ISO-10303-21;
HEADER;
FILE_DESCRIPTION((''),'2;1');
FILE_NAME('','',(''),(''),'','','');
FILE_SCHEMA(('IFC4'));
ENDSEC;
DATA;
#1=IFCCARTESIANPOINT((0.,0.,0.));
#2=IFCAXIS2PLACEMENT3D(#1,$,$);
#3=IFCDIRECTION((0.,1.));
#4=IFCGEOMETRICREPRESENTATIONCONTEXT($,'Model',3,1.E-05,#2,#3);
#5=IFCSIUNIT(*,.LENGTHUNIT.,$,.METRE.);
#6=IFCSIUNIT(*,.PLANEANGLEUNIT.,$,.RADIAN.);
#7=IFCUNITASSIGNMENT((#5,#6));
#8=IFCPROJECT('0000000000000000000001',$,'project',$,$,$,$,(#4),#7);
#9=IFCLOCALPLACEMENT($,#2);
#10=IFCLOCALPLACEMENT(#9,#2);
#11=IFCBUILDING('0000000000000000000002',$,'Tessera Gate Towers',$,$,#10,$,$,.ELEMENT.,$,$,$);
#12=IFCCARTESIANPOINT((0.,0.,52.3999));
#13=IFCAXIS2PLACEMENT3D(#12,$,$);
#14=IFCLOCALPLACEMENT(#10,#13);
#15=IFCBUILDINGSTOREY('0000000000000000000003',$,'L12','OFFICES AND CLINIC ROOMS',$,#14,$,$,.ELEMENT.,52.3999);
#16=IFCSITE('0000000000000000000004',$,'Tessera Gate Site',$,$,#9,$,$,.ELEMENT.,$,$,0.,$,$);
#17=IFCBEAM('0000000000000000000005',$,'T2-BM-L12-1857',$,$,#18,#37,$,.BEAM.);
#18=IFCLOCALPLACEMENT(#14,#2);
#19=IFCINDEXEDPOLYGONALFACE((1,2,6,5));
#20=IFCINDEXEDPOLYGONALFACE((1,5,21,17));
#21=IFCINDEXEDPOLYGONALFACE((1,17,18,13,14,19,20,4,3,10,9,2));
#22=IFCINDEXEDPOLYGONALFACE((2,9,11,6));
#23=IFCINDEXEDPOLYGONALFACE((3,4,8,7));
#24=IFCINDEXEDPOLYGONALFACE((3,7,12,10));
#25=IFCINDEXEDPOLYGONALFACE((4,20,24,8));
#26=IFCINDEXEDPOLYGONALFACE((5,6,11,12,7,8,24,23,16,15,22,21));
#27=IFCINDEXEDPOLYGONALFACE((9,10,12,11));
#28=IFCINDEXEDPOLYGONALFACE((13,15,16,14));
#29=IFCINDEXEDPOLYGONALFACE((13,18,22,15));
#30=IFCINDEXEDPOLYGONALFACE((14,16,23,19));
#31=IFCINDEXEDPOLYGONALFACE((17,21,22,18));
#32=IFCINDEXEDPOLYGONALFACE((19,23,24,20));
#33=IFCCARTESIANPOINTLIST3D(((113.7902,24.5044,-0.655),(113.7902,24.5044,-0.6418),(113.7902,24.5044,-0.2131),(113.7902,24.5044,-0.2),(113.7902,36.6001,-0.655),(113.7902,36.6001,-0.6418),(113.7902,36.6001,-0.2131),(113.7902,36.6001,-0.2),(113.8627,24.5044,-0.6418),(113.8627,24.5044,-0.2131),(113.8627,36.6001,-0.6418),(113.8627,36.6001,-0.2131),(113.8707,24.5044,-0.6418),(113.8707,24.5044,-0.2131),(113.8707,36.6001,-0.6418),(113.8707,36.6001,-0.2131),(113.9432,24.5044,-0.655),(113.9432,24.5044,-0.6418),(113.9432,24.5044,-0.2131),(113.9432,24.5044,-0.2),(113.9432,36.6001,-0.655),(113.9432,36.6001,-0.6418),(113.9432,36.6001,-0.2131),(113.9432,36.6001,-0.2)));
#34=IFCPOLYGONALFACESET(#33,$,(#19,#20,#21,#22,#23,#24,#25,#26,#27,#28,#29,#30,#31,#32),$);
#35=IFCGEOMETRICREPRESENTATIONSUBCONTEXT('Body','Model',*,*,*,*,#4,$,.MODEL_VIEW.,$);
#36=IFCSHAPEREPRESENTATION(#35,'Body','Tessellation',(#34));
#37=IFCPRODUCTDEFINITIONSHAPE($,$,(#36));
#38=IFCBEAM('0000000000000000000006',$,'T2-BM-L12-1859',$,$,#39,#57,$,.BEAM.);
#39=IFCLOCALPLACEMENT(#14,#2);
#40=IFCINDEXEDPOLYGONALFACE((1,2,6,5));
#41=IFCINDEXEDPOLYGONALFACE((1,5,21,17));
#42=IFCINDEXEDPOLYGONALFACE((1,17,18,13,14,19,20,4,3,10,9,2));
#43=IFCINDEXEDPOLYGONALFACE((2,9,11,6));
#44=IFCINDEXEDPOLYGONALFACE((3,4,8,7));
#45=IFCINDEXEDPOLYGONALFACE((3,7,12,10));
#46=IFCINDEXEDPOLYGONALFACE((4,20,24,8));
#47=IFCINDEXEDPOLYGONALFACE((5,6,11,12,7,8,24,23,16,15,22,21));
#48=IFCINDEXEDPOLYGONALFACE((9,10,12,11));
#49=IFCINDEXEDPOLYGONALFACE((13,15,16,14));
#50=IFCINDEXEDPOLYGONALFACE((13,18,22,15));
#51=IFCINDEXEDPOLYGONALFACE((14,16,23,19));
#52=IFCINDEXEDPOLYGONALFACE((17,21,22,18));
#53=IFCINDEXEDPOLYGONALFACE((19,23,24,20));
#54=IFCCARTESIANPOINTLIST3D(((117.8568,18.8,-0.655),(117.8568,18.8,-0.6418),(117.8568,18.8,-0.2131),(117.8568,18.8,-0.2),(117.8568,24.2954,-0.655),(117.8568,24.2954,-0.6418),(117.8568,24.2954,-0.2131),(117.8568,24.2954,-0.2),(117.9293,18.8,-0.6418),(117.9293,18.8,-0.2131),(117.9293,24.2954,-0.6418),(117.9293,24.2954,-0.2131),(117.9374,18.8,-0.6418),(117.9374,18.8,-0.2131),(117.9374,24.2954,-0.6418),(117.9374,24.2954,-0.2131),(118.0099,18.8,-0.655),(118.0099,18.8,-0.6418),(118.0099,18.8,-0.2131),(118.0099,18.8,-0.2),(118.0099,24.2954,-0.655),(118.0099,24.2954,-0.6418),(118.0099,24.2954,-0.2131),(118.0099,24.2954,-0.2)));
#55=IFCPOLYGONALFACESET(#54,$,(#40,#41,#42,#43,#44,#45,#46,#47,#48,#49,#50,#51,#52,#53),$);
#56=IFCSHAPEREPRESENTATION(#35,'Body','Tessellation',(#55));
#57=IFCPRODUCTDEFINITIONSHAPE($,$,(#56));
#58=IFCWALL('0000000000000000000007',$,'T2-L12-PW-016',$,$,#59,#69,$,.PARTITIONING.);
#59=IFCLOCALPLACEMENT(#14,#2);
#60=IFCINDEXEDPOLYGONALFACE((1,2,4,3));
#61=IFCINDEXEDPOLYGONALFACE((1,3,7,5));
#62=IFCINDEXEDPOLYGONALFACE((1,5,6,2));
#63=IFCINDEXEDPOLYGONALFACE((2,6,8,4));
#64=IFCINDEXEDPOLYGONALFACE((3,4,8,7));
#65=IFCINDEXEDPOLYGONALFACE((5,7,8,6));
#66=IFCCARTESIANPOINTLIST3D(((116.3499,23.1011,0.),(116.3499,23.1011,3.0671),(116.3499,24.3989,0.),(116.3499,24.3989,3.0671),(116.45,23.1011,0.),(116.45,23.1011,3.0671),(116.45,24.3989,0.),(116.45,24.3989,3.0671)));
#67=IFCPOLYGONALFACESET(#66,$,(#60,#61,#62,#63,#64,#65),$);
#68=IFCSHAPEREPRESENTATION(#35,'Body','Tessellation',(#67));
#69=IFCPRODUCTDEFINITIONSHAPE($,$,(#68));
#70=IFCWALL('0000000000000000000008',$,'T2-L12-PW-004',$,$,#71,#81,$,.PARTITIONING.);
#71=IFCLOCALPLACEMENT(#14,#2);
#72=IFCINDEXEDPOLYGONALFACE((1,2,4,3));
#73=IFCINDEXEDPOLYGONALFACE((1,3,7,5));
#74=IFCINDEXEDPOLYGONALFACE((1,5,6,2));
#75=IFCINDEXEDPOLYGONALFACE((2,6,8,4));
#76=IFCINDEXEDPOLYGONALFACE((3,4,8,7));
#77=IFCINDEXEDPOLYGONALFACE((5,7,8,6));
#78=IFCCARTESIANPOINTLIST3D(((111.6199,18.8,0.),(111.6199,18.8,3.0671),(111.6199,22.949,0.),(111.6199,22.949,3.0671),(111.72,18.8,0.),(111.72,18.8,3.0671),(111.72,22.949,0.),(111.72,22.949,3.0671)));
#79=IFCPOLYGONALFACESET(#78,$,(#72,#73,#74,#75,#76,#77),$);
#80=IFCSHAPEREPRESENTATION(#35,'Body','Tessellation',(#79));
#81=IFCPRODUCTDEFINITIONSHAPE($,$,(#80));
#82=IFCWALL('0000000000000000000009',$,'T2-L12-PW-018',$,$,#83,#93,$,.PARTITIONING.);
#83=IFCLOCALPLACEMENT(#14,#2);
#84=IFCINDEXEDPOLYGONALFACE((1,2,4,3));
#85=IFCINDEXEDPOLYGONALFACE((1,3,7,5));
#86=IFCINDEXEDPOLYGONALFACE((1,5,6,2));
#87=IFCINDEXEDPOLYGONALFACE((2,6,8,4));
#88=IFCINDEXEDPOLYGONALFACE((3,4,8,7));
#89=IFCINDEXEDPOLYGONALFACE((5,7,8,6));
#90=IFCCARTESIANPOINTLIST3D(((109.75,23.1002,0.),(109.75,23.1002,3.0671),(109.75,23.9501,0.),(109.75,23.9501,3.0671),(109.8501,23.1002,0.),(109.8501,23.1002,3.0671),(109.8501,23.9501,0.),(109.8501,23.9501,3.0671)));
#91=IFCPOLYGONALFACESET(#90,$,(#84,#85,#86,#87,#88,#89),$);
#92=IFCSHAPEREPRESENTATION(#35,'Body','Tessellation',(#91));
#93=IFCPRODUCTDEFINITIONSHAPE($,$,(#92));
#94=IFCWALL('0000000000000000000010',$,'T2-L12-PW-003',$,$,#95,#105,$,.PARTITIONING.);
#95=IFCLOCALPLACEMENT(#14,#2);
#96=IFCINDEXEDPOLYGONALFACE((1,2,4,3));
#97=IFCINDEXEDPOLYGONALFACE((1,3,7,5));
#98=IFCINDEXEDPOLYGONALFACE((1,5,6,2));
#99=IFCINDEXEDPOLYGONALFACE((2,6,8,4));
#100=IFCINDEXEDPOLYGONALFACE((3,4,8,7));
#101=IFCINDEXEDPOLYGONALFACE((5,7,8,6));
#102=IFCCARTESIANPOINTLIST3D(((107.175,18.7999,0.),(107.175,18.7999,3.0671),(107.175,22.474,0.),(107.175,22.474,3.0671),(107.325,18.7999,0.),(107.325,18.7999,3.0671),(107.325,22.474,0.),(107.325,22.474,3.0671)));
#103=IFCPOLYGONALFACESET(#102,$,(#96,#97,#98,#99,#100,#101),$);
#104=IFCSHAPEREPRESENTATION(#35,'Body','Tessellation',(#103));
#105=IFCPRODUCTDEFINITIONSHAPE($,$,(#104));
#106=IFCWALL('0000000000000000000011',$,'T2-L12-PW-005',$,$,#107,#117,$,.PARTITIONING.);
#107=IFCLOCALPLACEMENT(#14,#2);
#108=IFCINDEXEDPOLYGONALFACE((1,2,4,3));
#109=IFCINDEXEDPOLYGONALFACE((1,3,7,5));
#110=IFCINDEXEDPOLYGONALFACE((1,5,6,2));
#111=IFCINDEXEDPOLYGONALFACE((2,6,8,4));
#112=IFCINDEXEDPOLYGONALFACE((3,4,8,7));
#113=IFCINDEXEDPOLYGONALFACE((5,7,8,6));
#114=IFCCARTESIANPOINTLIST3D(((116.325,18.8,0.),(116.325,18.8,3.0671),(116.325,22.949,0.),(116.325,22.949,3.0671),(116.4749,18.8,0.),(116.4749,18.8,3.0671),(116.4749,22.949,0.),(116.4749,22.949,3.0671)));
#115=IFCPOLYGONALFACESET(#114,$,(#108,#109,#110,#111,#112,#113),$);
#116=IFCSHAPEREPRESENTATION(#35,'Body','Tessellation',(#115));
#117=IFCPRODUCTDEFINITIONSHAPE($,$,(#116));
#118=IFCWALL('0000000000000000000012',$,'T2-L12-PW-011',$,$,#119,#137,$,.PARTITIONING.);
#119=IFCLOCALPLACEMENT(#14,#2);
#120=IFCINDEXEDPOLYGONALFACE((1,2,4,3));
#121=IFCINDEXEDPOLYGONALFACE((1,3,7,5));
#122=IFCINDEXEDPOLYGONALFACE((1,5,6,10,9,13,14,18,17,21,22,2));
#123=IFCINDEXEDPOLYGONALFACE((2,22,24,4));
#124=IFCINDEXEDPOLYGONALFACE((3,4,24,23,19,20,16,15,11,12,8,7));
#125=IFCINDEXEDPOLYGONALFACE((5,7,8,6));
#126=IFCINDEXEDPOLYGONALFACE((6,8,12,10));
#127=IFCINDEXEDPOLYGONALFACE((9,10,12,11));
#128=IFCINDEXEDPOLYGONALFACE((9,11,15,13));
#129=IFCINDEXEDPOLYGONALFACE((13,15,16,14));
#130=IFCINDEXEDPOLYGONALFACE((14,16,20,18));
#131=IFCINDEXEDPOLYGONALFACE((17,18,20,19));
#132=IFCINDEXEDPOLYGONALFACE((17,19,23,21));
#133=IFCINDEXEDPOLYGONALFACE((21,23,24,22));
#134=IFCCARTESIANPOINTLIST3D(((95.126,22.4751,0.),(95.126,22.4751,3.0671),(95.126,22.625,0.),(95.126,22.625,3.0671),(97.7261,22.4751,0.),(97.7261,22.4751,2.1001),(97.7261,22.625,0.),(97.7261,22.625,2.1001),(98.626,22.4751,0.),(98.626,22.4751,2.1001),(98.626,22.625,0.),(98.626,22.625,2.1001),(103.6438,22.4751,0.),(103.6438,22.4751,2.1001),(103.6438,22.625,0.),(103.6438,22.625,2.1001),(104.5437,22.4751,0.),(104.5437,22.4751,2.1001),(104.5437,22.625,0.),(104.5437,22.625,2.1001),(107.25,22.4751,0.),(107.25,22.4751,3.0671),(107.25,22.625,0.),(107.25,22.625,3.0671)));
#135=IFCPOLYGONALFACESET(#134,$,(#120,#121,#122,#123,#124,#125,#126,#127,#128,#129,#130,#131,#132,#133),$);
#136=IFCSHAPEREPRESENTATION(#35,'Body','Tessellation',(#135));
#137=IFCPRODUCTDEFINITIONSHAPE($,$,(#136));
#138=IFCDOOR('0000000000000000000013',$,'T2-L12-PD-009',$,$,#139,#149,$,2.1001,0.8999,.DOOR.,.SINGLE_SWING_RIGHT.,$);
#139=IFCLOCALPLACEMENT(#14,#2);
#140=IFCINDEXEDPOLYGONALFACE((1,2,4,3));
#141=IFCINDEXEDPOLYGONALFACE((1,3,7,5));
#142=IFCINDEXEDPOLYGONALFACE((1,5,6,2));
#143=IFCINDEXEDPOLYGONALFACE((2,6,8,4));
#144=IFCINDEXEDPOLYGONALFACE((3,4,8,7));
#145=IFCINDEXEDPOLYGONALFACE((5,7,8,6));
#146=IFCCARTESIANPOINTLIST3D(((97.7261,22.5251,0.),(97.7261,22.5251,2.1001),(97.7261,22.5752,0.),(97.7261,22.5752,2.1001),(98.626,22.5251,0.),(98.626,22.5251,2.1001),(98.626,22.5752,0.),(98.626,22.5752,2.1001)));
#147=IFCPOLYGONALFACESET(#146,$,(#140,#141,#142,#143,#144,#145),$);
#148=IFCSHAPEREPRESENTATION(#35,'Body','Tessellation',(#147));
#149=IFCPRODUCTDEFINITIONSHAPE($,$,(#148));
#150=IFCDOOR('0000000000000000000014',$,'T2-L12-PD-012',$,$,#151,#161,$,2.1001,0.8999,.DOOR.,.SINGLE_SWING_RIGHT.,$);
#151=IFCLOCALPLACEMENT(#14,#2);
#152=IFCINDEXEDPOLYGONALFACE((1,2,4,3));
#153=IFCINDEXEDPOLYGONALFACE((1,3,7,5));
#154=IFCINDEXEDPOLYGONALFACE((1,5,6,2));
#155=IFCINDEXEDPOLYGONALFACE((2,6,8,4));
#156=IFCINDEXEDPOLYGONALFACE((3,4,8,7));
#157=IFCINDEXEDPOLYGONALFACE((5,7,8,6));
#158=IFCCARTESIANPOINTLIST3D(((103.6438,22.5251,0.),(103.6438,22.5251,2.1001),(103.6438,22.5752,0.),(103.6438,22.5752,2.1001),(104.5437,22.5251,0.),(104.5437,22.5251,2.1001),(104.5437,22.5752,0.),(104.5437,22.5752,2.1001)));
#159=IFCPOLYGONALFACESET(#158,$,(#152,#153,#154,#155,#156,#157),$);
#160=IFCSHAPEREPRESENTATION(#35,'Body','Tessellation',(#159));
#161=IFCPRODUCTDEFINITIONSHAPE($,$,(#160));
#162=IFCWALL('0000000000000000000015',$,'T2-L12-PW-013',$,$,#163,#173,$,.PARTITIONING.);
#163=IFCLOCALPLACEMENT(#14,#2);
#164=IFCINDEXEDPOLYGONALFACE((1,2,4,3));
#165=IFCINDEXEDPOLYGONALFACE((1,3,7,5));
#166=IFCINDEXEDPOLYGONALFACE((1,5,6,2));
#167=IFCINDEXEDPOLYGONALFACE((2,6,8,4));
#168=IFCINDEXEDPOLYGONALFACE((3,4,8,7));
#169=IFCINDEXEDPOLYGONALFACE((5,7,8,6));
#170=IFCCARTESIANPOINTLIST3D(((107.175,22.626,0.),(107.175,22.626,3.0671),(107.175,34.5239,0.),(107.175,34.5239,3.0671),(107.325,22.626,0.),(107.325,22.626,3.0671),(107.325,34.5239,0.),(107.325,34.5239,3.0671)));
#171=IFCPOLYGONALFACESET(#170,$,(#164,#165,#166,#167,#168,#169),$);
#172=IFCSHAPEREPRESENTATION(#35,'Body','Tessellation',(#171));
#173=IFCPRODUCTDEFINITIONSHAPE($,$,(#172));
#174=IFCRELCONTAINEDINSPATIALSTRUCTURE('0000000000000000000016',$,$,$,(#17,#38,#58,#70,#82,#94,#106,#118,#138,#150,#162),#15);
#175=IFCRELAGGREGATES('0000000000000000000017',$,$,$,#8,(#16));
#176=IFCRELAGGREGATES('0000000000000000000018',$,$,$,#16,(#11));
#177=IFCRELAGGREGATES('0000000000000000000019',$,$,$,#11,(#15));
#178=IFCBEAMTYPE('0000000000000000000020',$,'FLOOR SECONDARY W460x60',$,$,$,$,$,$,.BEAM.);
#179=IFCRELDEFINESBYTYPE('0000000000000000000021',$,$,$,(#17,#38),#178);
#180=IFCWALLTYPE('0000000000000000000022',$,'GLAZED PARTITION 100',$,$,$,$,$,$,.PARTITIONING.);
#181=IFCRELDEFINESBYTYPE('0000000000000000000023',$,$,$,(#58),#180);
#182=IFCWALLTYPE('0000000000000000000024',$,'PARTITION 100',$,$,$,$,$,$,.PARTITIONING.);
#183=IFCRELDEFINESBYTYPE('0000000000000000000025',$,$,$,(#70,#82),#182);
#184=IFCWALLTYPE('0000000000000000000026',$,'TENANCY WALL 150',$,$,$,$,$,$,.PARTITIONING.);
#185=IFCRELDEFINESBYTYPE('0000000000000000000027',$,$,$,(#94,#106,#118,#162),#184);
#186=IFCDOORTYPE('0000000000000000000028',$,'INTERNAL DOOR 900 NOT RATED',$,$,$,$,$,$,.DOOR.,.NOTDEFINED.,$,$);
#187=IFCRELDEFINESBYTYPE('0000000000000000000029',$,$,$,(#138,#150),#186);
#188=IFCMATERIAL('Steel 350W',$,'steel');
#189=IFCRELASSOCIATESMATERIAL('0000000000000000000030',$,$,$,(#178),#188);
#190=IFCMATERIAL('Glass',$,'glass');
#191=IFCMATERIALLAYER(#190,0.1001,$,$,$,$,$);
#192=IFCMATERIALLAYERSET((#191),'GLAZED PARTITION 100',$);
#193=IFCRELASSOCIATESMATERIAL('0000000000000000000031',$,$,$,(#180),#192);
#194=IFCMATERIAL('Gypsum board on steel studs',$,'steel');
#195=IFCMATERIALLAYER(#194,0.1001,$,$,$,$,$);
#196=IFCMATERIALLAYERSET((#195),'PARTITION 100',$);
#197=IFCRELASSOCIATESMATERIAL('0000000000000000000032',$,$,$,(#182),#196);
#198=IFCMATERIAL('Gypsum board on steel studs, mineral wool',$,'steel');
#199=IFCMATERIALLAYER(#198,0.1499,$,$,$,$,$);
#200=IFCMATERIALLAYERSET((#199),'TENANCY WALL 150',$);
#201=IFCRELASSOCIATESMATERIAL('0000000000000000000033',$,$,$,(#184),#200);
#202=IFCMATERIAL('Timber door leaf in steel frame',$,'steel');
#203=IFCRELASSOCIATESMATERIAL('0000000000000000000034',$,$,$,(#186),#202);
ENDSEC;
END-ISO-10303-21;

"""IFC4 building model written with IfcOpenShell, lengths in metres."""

from ifc_helpers import new_model, si_unit, direction, frame, frame_2d, origin, origin_2d, place, context, subcontext, project, spatial, rectangle, i_section, extrude, source, transform, mapped, material, layer, layer_set, material_profile, profile_set, type_object, element, fill, save


model = new_model("IFC4")

# Units and contexts
model_context = context("Model", 3, precision=1e-05, world=origin(), true_north=direction((0.0, 1.0)))
body_context = subcontext(model_context, "Body", "Model", "MODEL_VIEW")
ifc_project = project(units=[si_unit("LENGTHUNIT", "METRE"), si_unit("PLANEANGLEUNIT", "RADIAN")], contexts=[model_context])

# Site, building, storey
site_placement = place(None, origin())
site = spatial("IfcSite", under=ifc_project, at=site_placement, Name="Tessera Gate Site", CompositionType="ELEMENT", RefElevation=0.0)
building_placement = place(site_placement, origin())
building = spatial("IfcBuilding", under=site, at=building_placement, Name="Tessera Gate Towers", CompositionType="ELEMENT")
storey_placement = place(building_placement, frame((0.0, 0.0, 52.3999)))
storey = spatial("IfcBuildingStorey", under=building, at=storey_placement, Name="L12", Description="OFFICES AND CLINIC ROOMS", CompositionType="ELEMENT", Elevation=52.3999)

# Beams
ifc_material_1 = material(Name="Steel 350W", Category="steel")
ifc_material_profile_1 = material_profile(ifc_material_1, i_section(OverallWidth=0.1531, OverallDepth=0.4551, WebThickness=0.0081, FlangeThickness=0.0132, at=origin_2d()), Name="W460x60")
ifc_profile_set_1 = profile_set([ifc_material_profile_1], Name="Steel 350W")
beam_type_1 = type_object("IfcBeamType", Name="FLOOR SECONDARY W460x60", PredefinedType="BEAM", material=ifc_profile_set_1)
beam_1_placement = place(storey_placement, frame((113.8667, 24.5044, -0.4275), z_axis=(0.0, 1.0, 0.0), x_axis=(-1.0, 0.0, 0.0)))
element("IfcBeam", 1, at=beam_1_placement, inside=storey, type_object=beam_type_1, Name="T2-BM-L12-1857", PredefinedType="BEAM", context=body_context, shape_type="SweptSolid", body=[
    extrude(i_section(OverallWidth=0.1531, OverallDepth=0.4551, WebThickness=0.0081, FlangeThickness=0.0132, at=origin_2d()), origin(), (0.0, 0.0, 1.0), 12.0957),
])
beam_2_placement = place(storey_placement, frame((117.9333, 18.8, -0.4275), z_axis=(0.0, 1.0, 0.0), x_axis=(-1.0, 0.0, 0.0)))
element("IfcBeam", 2, at=beam_2_placement, inside=storey, type_object=beam_type_1, Name="T2-BM-L12-1859", PredefinedType="BEAM", context=body_context, shape_type="SweptSolid", body=[
    extrude(i_section(OverallWidth=0.1531, OverallDepth=0.4551, WebThickness=0.0081, FlangeThickness=0.0132, at=origin_2d()), origin(), (0.0, 0.0, 1.0), 5.4954),
])

# Walls
ifc_material_2 = material(Name="Glass", Category="glass")
ifc_layer_1 = layer(ifc_material_2, 0.1001)
ifc_layer_set_1 = layer_set([ifc_layer_1], Name="GLAZED PARTITION 100")
wall_type_1 = type_object("IfcWallType", Name="GLAZED PARTITION 100", PredefinedType="PARTITIONING", material=ifc_layer_set_1)
wall_1_placement = place(storey_placement, frame((116.3999, 23.1011, 0.0), z_axis=(0.0, 0.0, 1.0), x_axis=(0.0, 1.0, 0.0)))
element("IfcWall", 3, at=wall_1_placement, inside=storey, type_object=wall_type_1, Name="T2-L12-PW-016", PredefinedType="PARTITIONING", context=body_context, shape_type="SweptSolid", body=[
    extrude(rectangle(XDim=1.2979, YDim=0.1001, at=frame_2d((0.6489, 0.0))), origin(), (0.0, 0.0, 1.0), 3.0671),
])
ifc_material_3 = material(Name="Gypsum board on steel studs", Category="steel")
ifc_layer_2 = layer(ifc_material_3, 0.1001)
ifc_layer_set_2 = layer_set([ifc_layer_2], Name="PARTITION 100")
wall_type_2 = type_object("IfcWallType", Name="PARTITION 100", PredefinedType="PARTITIONING", material=ifc_layer_set_2)
wall_2_placement = place(storey_placement, frame((111.6699, 18.8, 0.0), z_axis=(0.0, 0.0, 1.0), x_axis=(0.0, 1.0, 0.0)))
element("IfcWall", 4, at=wall_2_placement, inside=storey, type_object=wall_type_2, Name="T2-L12-PW-004", PredefinedType="PARTITIONING", context=body_context, shape_type="SweptSolid", body=[
    extrude(rectangle(XDim=4.1489, YDim=0.1001, at=frame_2d((2.0745, 0.0))), origin(), (0.0, 0.0, 1.0), 3.0671),
])
wall_3_placement = place(storey_placement, frame((109.8, 23.95, 0.0), z_axis=(0.0, 0.0, 1.0), x_axis=(0.0, -1.0, 0.0)))
element("IfcWall", 5, at=wall_3_placement, inside=storey, type_object=wall_type_2, Name="T2-L12-PW-018", PredefinedType="PARTITIONING", context=body_context, shape_type="SweptSolid", body=[
    extrude(rectangle(XDim=0.8499, YDim=0.1001, at=frame_2d((0.4248, 0.0))), origin(), (0.0, 0.0, 1.0), 3.0671),
])
ifc_material_4 = material(Name="Gypsum board on steel studs, mineral wool", Category="steel")
ifc_layer_3 = layer(ifc_material_4, 0.1499)
ifc_layer_set_3 = layer_set([ifc_layer_3], Name="TENANCY WALL 150")
wall_type_3 = type_object("IfcWallType", Name="TENANCY WALL 150", PredefinedType="PARTITIONING", material=ifc_layer_set_3)
wall_4_placement = place(storey_placement, frame((107.25, 18.8, 0.0), z_axis=(0.0, 0.0, 1.0), x_axis=(0.0, 1.0, 0.0)))
element("IfcWall", 6, at=wall_4_placement, inside=storey, type_object=wall_type_3, Name="T2-L12-PW-003", PredefinedType="PARTITIONING", context=body_context, shape_type="SweptSolid", body=[
    extrude(rectangle(XDim=3.6741, YDim=0.1499, at=frame_2d((1.8369, 0.0))), origin(), (0.0, 0.0, 1.0), 3.0671),
])
wall_5_placement = place(storey_placement, frame((116.3999, 18.8, 0.0), z_axis=(0.0, 0.0, 1.0), x_axis=(0.0, 1.0, 0.0)))
element("IfcWall", 7, at=wall_5_placement, inside=storey, type_object=wall_type_3, Name="T2-L12-PW-005", PredefinedType="PARTITIONING", context=body_context, shape_type="SweptSolid", body=[
    extrude(rectangle(XDim=4.1489, YDim=0.1499, at=frame_2d((2.0745, 0.0))), origin(), (0.0, 0.0, 1.0), 3.0671),
])

# Wall, openings, doors
wall_6_placement = place(storey_placement, frame((107.25, 22.55, 0.0), z_axis=(0.0, 0.0, 1.0), x_axis=(-1.0, 0.0, 0.0)))
wall_6 = element("IfcWall", 8, at=wall_6_placement, inside=storey, type_object=wall_type_3, Name="T2-L12-PW-011", PredefinedType="PARTITIONING", context=body_context, shape_type="SweptSolid", body=[
    extrude(rectangle(XDim=12.124, YDim=0.1499, at=frame_2d((6.062, 0.0))), origin(), (0.0, 0.0, 1.0), 3.0671),
])
shared_shape_1 = source(origin(), body_context, "Body", "SweptSolid", [
    extrude(rectangle(XDim=0.8999, YDim=2.1001, at=frame_2d((0.45, 1.05))), frame((0.0, 0.085, 0.0), z_axis=(0.0, -1.0, 0.0), x_axis=(1.0, 0.0, 0.0)), (0.0, 0.0, 1.0), 0.1699),
])
opening_1_placement = place(wall_6_placement, frame((8.624, 0.0, 0.0)))
opening_1 = element("IfcOpeningElement", 9, at=opening_1_placement, cuts=wall_6, PredefinedType="OPENING", context=body_context, shape_type="MappedRepresentation", body=[
    mapped(shared_shape_1, transform((0.0, 0.0, 0.0), scale=1.0)),
])
opening_2_placement = place(wall_6_placement, frame((2.7063, 0.0, 0.0)))
opening_2 = element("IfcOpeningElement", 10, at=opening_2_placement, cuts=wall_6, PredefinedType="OPENING", context=body_context, shape_type="MappedRepresentation", body=[
    mapped(shared_shape_1, transform((0.0, 0.0, 0.0), scale=1.0)),
])
ifc_material_5 = material(Name="Timber door leaf in steel frame", Category="steel")
door_type = type_object("IfcDoorType", Name="INTERNAL DOOR 900 NOT RATED", OperationType="NOTDEFINED", PredefinedType="DOOR", material=ifc_material_5)
shared_shape_2 = source(origin(), body_context, "Body", "SweptSolid", [
    extrude(rectangle(XDim=0.8999, YDim=2.1001, at=frame_2d((0.45, 1.05))), frame((0.0, 0.0249, 0.0), z_axis=(0.0, -1.0, 0.0), x_axis=(1.0, 0.0, 0.0)), (0.0, 0.0, 1.0), 0.05),
])
door_1_placement = place(opening_1_placement, origin())
door_1 = element("IfcDoor", 11, at=door_1_placement, inside=storey, type_object=door_type, Name="T2-L12-PD-009", OperationType="SINGLE_SWING_RIGHT", OverallHeight=2.1001, OverallWidth=0.8999, PredefinedType="DOOR", context=body_context, shape_type="MappedRepresentation", body=[
    mapped(shared_shape_2, transform((0.0, 0.0, 0.0), scale=1.0)),
])
fill(opening_1, door_1)
door_2_placement = place(opening_2_placement, origin())
door_2 = element("IfcDoor", 12, at=door_2_placement, inside=storey, type_object=door_type, Name="T2-L12-PD-012", OperationType="SINGLE_SWING_RIGHT", OverallHeight=2.1001, OverallWidth=0.8999, PredefinedType="DOOR", context=body_context, shape_type="MappedRepresentation", body=[
    mapped(shared_shape_2, transform((0.0, 0.0, 0.0), scale=1.0)),
])
fill(opening_2, door_2)

# Wall
wall_7_placement = place(storey_placement, frame((107.25, 22.626, 0.0), z_axis=(0.0, 0.0, 1.0), x_axis=(0.0, 1.0, 0.0)))
element("IfcWall", 13, at=wall_7_placement, inside=storey, type_object=wall_type_3, Name="T2-L12-PW-013", PredefinedType="PARTITIONING", context=body_context, shape_type="SweptSolid", body=[
    extrude(rectangle(XDim=11.8979, YDim=0.1499, at=frame_2d((5.949, 0.0))), origin(), (0.0, 0.0, 1.0), 3.0671),
])

save(model, "model.ifc")
